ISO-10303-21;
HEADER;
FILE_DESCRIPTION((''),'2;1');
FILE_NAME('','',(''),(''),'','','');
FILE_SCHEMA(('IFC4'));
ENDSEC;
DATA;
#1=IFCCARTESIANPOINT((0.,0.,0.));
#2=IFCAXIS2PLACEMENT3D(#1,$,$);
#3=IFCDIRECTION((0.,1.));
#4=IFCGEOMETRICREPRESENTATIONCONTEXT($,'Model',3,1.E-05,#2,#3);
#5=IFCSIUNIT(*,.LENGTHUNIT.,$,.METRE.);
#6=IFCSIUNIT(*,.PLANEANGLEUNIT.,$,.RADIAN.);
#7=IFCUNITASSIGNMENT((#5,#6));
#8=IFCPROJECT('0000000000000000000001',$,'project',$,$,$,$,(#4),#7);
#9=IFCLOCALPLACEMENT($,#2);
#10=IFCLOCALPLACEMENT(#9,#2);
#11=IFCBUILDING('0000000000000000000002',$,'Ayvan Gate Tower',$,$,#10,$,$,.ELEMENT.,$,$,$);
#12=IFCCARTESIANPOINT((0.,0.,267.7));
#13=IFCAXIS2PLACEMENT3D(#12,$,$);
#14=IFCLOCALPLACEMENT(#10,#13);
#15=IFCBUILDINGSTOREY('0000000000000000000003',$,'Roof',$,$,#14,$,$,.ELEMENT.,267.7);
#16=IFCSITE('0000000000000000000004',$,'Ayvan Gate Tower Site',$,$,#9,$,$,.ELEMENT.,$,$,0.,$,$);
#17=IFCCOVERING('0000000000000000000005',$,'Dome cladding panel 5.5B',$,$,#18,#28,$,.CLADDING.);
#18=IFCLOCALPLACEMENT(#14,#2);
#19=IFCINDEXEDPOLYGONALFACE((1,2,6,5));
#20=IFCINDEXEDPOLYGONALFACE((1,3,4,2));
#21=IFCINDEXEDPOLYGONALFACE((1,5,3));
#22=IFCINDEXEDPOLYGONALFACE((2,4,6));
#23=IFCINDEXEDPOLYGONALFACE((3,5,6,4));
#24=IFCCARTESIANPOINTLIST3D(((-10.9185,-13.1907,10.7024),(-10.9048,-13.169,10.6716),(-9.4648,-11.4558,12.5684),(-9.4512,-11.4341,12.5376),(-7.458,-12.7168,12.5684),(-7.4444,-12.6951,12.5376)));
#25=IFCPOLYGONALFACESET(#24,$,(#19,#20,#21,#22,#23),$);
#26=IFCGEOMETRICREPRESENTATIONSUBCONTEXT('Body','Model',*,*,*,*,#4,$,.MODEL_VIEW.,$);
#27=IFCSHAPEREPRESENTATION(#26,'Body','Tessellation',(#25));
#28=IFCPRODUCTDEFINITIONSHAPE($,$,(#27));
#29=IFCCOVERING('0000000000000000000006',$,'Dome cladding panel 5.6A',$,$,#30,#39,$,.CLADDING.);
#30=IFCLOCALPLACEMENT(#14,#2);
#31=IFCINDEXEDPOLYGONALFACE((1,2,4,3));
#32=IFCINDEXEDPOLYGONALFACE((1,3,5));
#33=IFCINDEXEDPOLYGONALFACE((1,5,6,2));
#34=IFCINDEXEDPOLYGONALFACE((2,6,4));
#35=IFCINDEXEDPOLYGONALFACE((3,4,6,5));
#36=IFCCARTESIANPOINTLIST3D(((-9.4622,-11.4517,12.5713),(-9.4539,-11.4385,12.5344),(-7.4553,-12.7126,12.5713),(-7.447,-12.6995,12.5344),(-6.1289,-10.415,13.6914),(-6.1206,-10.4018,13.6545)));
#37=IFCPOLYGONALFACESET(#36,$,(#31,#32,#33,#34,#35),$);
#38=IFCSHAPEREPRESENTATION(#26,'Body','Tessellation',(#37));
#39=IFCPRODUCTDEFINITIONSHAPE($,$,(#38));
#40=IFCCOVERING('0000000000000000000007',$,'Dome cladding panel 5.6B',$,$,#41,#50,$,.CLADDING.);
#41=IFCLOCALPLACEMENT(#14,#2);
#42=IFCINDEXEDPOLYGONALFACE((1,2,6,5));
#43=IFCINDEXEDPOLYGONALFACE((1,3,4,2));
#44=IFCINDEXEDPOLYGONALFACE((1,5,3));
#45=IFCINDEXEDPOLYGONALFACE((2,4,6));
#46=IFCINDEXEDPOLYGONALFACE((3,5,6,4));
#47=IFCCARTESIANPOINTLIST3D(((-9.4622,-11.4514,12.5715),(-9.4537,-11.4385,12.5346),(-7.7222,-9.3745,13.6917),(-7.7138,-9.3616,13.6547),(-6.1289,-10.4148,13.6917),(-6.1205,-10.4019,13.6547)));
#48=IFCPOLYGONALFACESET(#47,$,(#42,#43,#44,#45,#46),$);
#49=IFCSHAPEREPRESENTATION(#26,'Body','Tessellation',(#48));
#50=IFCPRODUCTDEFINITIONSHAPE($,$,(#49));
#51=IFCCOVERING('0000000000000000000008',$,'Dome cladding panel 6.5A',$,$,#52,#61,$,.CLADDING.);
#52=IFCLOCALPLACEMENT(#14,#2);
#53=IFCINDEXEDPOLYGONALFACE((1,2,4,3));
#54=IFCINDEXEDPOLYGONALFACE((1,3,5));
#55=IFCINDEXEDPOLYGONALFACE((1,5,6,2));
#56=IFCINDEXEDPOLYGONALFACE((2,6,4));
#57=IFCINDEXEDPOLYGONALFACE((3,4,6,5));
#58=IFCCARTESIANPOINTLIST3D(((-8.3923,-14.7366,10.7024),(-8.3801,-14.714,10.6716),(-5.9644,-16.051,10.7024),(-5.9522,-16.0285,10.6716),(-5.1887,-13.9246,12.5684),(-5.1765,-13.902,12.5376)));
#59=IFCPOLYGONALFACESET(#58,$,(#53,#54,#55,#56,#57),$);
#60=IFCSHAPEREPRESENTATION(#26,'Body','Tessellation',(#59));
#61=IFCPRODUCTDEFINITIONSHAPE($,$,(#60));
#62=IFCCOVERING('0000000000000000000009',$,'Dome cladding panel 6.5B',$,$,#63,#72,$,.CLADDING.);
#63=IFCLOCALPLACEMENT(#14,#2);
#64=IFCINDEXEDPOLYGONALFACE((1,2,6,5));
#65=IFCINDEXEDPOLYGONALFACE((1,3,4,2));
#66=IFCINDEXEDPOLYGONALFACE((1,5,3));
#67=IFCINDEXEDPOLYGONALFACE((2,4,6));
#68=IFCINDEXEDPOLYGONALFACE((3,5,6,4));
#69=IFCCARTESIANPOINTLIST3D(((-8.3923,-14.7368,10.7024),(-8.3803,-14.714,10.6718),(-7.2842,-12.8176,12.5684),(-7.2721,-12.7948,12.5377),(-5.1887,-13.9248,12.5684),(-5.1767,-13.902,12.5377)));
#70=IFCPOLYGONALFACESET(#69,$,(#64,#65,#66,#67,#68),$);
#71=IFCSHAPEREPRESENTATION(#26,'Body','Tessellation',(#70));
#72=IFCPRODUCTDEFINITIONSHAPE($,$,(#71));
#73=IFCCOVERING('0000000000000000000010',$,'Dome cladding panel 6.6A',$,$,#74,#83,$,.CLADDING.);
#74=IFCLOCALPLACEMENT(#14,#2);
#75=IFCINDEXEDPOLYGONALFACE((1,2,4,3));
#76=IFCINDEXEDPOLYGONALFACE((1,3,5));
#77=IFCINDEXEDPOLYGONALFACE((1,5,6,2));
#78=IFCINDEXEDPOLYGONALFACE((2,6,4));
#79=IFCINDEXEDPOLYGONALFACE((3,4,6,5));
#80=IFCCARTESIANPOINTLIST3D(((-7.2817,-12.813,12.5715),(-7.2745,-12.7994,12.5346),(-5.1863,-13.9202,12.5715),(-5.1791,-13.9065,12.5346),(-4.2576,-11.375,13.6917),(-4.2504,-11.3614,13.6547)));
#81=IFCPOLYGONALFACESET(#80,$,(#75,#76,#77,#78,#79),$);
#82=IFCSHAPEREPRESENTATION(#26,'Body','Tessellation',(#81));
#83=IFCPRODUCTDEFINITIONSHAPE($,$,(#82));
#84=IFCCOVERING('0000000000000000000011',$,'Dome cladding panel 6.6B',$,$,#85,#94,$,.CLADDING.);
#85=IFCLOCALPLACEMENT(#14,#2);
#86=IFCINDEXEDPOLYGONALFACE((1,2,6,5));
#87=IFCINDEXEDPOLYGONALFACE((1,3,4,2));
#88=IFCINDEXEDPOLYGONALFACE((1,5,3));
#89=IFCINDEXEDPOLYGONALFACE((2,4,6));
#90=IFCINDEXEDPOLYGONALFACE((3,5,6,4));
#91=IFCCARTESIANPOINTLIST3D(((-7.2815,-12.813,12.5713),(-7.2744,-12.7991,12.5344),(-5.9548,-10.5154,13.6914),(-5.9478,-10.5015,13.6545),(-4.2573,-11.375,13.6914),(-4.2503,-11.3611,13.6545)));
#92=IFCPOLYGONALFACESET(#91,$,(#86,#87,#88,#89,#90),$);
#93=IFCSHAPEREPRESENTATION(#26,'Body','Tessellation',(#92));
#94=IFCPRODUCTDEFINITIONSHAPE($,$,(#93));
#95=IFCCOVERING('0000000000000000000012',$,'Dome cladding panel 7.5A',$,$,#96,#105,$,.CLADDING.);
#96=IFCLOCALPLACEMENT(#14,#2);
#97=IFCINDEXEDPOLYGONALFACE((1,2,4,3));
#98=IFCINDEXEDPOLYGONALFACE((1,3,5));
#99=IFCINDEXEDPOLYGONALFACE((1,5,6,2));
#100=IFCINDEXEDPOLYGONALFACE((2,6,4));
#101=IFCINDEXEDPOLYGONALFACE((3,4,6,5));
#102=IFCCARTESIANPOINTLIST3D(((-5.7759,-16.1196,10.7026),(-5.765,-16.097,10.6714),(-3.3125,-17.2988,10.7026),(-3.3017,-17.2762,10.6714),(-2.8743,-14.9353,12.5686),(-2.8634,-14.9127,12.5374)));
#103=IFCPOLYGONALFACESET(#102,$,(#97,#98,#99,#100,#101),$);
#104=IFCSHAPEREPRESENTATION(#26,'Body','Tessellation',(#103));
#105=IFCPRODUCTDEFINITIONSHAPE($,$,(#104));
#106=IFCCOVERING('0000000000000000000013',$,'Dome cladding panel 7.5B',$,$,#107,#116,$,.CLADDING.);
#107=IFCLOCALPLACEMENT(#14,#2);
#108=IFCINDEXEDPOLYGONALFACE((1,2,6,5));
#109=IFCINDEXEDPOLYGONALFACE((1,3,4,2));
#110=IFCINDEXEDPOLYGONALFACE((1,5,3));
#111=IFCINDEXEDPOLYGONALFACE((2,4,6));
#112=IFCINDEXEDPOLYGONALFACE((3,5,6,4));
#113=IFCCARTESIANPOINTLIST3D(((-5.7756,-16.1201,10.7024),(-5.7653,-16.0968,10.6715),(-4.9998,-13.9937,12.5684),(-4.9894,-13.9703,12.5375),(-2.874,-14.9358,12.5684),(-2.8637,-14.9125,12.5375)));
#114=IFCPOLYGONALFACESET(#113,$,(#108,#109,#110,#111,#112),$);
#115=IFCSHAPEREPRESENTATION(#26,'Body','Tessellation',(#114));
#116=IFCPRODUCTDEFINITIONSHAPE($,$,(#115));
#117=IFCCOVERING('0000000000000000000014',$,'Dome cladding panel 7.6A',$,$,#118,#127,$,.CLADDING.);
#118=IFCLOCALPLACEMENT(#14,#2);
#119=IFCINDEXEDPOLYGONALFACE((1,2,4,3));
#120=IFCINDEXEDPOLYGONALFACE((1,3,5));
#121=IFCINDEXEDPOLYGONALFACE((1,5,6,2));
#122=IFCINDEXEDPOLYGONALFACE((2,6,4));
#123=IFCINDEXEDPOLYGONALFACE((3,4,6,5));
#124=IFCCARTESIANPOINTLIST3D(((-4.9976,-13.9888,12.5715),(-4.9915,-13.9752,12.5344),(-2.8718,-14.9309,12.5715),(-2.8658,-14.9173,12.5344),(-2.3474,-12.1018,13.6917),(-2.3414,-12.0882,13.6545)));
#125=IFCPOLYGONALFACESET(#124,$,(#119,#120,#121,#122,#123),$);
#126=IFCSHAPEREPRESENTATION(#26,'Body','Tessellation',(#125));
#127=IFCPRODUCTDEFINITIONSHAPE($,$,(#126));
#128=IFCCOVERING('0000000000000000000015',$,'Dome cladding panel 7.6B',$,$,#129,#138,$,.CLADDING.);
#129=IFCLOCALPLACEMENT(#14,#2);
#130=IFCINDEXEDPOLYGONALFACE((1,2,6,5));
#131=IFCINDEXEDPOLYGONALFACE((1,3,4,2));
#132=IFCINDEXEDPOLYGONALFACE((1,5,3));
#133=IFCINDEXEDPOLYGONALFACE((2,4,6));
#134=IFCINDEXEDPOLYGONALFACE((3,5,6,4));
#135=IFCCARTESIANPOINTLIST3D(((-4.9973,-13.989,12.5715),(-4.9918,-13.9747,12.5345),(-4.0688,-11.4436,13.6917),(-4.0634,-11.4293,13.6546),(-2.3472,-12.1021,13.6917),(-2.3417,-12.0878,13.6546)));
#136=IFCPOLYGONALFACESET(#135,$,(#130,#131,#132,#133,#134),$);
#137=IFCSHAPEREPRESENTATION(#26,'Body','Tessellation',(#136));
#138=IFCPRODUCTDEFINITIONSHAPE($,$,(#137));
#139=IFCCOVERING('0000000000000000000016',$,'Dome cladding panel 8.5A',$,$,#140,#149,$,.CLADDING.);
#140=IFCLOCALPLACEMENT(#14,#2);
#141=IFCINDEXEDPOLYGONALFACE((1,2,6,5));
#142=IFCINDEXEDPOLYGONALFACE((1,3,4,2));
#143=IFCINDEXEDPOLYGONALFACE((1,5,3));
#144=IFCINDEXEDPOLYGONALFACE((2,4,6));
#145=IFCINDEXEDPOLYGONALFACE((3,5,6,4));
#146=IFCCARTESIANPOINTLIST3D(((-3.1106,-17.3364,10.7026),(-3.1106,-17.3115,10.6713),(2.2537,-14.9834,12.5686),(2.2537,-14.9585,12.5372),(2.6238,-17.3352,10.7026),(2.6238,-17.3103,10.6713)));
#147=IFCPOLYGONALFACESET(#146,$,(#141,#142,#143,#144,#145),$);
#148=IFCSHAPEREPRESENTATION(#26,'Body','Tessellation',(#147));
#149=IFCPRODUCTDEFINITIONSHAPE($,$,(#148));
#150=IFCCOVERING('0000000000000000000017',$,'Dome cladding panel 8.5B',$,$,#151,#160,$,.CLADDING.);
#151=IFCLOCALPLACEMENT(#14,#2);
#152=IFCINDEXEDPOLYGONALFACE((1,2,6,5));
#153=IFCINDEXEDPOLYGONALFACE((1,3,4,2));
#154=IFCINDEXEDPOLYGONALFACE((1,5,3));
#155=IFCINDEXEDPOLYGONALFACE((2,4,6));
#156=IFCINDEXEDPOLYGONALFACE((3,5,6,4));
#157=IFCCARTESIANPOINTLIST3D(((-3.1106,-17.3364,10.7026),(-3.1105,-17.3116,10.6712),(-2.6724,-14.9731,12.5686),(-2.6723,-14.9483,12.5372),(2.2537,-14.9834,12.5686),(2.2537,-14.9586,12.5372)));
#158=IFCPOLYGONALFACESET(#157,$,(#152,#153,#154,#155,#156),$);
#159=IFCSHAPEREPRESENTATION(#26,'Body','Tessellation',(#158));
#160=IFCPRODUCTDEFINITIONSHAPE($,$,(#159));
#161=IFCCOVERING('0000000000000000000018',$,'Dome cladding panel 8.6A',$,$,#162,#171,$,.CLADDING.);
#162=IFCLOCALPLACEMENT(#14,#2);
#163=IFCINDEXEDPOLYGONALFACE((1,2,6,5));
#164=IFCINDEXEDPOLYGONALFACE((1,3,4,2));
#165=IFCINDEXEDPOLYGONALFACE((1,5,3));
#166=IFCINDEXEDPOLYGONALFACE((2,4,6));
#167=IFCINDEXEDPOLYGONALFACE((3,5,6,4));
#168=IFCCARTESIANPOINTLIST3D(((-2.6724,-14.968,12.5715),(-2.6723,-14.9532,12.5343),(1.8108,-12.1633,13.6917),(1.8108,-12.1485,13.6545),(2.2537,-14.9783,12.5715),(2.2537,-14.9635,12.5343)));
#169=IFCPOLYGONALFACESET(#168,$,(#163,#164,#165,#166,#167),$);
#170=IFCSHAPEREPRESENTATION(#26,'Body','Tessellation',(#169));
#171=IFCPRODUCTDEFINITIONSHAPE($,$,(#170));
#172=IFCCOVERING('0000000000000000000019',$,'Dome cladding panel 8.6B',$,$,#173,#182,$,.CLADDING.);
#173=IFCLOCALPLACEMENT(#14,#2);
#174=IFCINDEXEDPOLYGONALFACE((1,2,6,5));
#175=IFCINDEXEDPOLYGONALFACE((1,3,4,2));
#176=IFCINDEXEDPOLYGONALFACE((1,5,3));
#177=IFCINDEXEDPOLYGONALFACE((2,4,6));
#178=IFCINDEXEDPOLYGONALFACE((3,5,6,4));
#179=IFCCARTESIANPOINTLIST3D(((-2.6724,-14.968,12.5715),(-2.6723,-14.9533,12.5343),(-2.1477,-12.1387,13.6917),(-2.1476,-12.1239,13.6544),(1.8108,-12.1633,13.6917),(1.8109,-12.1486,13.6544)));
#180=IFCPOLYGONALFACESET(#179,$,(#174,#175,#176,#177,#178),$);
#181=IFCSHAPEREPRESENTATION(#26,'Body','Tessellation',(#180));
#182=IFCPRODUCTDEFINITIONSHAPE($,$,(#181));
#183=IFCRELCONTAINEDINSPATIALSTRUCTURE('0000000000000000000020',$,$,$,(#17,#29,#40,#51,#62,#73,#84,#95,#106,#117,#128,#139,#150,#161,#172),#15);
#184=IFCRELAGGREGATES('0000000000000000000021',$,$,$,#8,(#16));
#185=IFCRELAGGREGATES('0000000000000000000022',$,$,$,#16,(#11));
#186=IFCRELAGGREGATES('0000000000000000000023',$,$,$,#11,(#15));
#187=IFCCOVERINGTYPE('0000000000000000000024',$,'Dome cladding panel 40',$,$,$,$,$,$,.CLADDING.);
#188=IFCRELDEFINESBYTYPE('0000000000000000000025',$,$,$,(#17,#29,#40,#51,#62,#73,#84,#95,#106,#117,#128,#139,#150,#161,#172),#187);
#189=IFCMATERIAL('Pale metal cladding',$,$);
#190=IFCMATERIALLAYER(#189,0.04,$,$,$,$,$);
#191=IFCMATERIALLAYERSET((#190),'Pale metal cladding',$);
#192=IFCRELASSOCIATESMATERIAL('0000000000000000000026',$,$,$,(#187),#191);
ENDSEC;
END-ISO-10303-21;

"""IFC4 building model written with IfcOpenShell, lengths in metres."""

from ifc_helpers import new_model, si_unit, direction, frame, origin, place, context, subcontext, project, spatial, polyline, outline, extrude, material, layer, layer_set, type_object, element, save


model = new_model("IFC4")

# Units and contexts
model_context = context("Model", 3, precision=1e-05, world=origin(), true_north=direction((0.0, 1.0)))
body_context = subcontext(model_context, "Body", "Model", "MODEL_VIEW")
ifc_project = project(units=[si_unit("LENGTHUNIT", "METRE"), si_unit("PLANEANGLEUNIT", "RADIAN")], contexts=[model_context])

# Site, building, storey
site_placement = place(None, origin())
site = spatial("IfcSite", under=ifc_project, at=site_placement, Name="Ayvan Gate Tower Site", CompositionType="ELEMENT", RefElevation=0.0)
building_placement = place(site_placement, origin())
building = spatial("IfcBuilding", under=site, at=building_placement, Name="Ayvan Gate Tower", CompositionType="ELEMENT")
storey_placement = place(building_placement, frame((0.0, 0.0, 267.7)))
storey = spatial("IfcBuildingStorey", under=building, at=storey_placement, Name="Roof", CompositionType="ELEMENT", Elevation=267.7)

# Coverings
ifc_material_1 = material(Name="Pale metal cladding")
ifc_layer_1 = layer(ifc_material_1, 0.04)
ifc_layer_set_1 = layer_set([ifc_layer_1], Name="Pale metal cladding")
covering_type = type_object("IfcCoveringType", Name="Dome cladding panel 40", PredefinedType="CLADDING", material=ifc_layer_set_1)
covering_1_placement = place(storey_placement, frame((-10.9185, -13.1907, 10.7024), z_axis=(-0.340317, -0.541607, 0.768665), x_axis=(0.873865, 0.119668, 0.471211)))
element("IfcCovering", 1, at=covering_1_placement, inside=storey, type_object=covering_type, Name="Dome cladding panel 5.5B", PredefinedType="CLADDING", context=body_context, shape_type="SweptSolid", body=[
    extrude(outline(polyline([(0.0, 0.0), (3.9599, 0.0), (2.3571, 1.746), (0.0, 0.0)])), origin(), (0.0, 0.0, -1.0), 0.04),
])
covering_2_placement = place(storey_placement, frame((-9.4622, -11.4517, 12.5713), z_axis=(-0.207064, -0.329538, 0.921156), x_axis=(0.846723, -0.532034, 0.0)))
element("IfcCovering", 2, at=covering_2_placement, inside=storey, type_object=covering_type, Name="Dome cladding panel 5.6A", PredefinedType="CLADDING", context=body_context, shape_type="SweptSolid", body=[
    extrude(outline(polyline([(0.0, 0.0), (2.3701, 0.0), (2.2708, 2.8781), (0.0, 0.0)])), origin(), (0.0, 0.0, -1.0), 0.04),
])
covering_3_placement = place(storey_placement, frame((-9.4622, -11.4514, 12.5715), z_axis=(-0.210138, -0.32184, 0.92318), x_axis=(0.909225, 0.282764, 0.305539)))
element("IfcCovering", 3, at=covering_3_placement, inside=storey, type_object=covering_type, Name="Dome cladding panel 5.6B", PredefinedType="CLADDING", context=body_context, shape_type="SweptSolid", body=[
    extrude(outline(polyline([(0.0, 0.0), (3.666, 0.0), (2.5116, 1.5126), (0.0, 0.0)])), origin(), (0.0, 0.0, -1.0), 0.04),
])
covering_4_placement = place(storey_placement, frame((-8.3923, -14.7366, 10.7024), z_axis=(-0.304774, -0.562959, 0.768238), x_axis=(0.879398, -0.476087, 0.0)))
element("IfcCovering", 4, at=covering_4_placement, inside=storey, type_object=covering_type, Name="Dome cladding panel 6.5A", PredefinedType="CLADDING", context=body_context, shape_type="SweptSolid", body=[
    extrude(outline(polyline([(0.0, 0.0), (2.761, 0.0), (2.4307, 2.9148), (0.0, 0.0)])), origin(), (0.0, 0.0, -1.0), 0.04),
])
covering_5_placement = place(storey_placement, frame((-8.3923, -14.7368, 10.7024), z_axis=(-0.301019, -0.569713, 0.764731), x_axis=(0.844099, 0.213952, 0.491651)))
element("IfcCovering", 5, at=covering_5_placement, inside=storey, type_object=covering_type, Name="Dome cladding panel 6.5B", PredefinedType="CLADDING", context=body_context, shape_type="SweptSolid", body=[
    extrude(outline(polyline([(0.0, 0.0), (3.7953, 0.0), (2.2634, 1.8083), (0.0, 0.0)])), origin(), (0.0, 0.0, -1.0), 0.04),
])
covering_6_placement = place(storey_placement, frame((-7.2817, -12.813, 12.5715), z_axis=(-0.179912, -0.340503, 0.92287), x_axis=(0.884168, -0.467168, 0.0)))
element("IfcCovering", 6, at=covering_6_placement, inside=storey, type_object=covering_type, Name="Dome cladding panel 6.6A", PredefinedType="CLADDING", context=body_context, shape_type="SweptSolid", body=[
    extrude(outline(polyline([(0.0, 0.0), (2.37, 0.0), (2.0021, 2.9086), (0.0, 0.0)])), origin(), (0.0, 0.0, -1.0), 0.04),
])
covering_7_placement = place(storey_placement, frame((-7.2815, -12.813, 12.5713), z_axis=(-0.175941, -0.347435, 0.92105), x_axis=(0.856459, 0.407245, 0.317222)))
element("IfcCovering", 7, at=covering_7_placement, inside=storey, type_object=covering_type, Name="Dome cladding panel 6.6B", PredefinedType="CLADDING", context=body_context, shape_type="SweptSolid", body=[
    extrude(outline(polyline([(0.0, 0.0), (3.531, 0.0), (2.4272, 1.5499), (0.0, 0.0)])), origin(), (0.0, 0.0, -1.0), 0.04),
])
covering_8_placement = place(storey_placement, frame((-5.7759, -16.1196, 10.7026), z_axis=(-0.27053, -0.565144, 0.779375), x_axis=(0.901983, -0.431772, 0.0)))
element("IfcCovering", 8, at=covering_8_placement, inside=storey, type_object=covering_type, Name="Dome cladding panel 7.5A", PredefinedType="CLADDING", context=body_context, shape_type="SweptSolid", body=[
    extrude(outline(polyline([(0.0, 0.0), (2.7311, 0.0), (2.1058, 2.9781), (0.0, 0.0)])), origin(), (0.0, 0.0, -1.0), 0.04),
])
covering_9_placement = place(storey_placement, frame((-5.7756, -16.1201, 10.7024), z_axis=(-0.258083, -0.582309, 0.770915), x_axis=(0.79552, 0.324701, 0.511583)))
element("IfcCovering", 9, at=covering_9_placement, inside=storey, type_object=covering_type, Name="Dome cladding panel 7.5B", PredefinedType="CLADDING", context=body_context, shape_type="SweptSolid", body=[
    extrude(outline(polyline([(0.0, 0.0), (3.6474, 0.0), (2.2623, 1.8675), (0.0, 0.0)])), origin(), (0.0, 0.0, -1.0), 0.04),
])
covering_10_placement = place(storey_placement, frame((-4.9976, -13.9888, 12.5715), z_axis=(-0.150548, -0.339678, 0.928415), x_axis=(0.914231, -0.405193, 0.0)))
element("IfcCovering", 10, at=covering_10_placement, inside=storey, type_object=covering_type, Name="Dome cladding panel 7.6A", PredefinedType="CLADDING", context=body_context, shape_type="SweptSolid", body=[
    extrude(outline(polyline([(0.0, 0.0), (2.3252, 0.0), (1.6583, 3.0148), (0.0, 0.0)])), origin(), (0.0, 0.0, -1.0), 0.04),
])
covering_11_placement = place(storey_placement, frame((-4.9973, -13.989, 12.5715), z_axis=(-0.136487, -0.35688, 0.924126), x_axis=(0.77023, 0.548421, 0.325547)))
element("IfcCovering", 11, at=covering_11_placement, inside=storey, type_object=covering_type, Name="Dome cladding panel 7.6B", PredefinedType="CLADDING", context=body_context, shape_type="SweptSolid", body=[
    extrude(outline(polyline([(0.0, 0.0), (3.4407, 0.0), (2.4757, 1.5705), (0.0, 0.0)])), origin(), (0.0, 0.0, -1.0), 0.04),
])
covering_12_placement = place(storey_placement, frame((-3.1106, -17.3364, 10.7026), z_axis=(0.000132, -0.621533, 0.783388), x_axis=(1.0, 0.000213, 0.0)))
element("IfcCovering", 12, at=covering_12_placement, inside=storey, type_object=covering_type, Name="Dome cladding panel 8.5A", PredefinedType="CLADDING", context=body_context, shape_type="SweptSolid", body=[
    extrude(outline(polyline([(0.0, 0.0), (5.7344, 0.0), (5.3648, 3.0022), (0.0, 0.0)])), origin(), (0.0, 0.0, -1.0), 0.04),
])
covering_13_placement = place(storey_placement, frame((-3.1106, -17.3364, 10.7026), z_axis=(-0.00129, -0.619541, 0.784963), x_axis=(0.872568, 0.382751, 0.303524)))
element("IfcCovering", 13, at=covering_13_placement, inside=storey, type_object=covering_type, Name="Dome cladding panel 8.5B", PredefinedType="CLADDING", context=body_context, shape_type="SweptSolid", body=[
    extrude(outline(polyline([(0.0, 0.0), (6.1477, 0.0), (1.8533, 2.4133), (0.0, 0.0)])), origin(), (0.0, 0.0, -1.0), 0.04),
])
covering_14_placement = place(storey_placement, frame((-2.6724, -14.968, 12.5715), z_axis=(-0.00077, -0.369827, 0.9291), x_axis=(0.999998, -0.002082, 0.0)))
element("IfcCovering", 14, at=covering_14_placement, inside=storey, type_object=covering_type, Name="Dome cladding panel 8.6A", PredefinedType="CLADDING", context=body_context, shape_type="SweptSolid", body=[
    extrude(outline(polyline([(0.0, 0.0), (4.926, 0.0), (4.4773, 3.0288), (0.0, 0.0)])), origin(), (0.0, 0.0, -1.0), 0.04),
])
covering_15_placement = place(storey_placement, frame((-2.6724, -14.968, 12.5715), z_axis=(-0.002291, -0.367728, 0.929931), x_axis=(0.829367, 0.518857, 0.207217)))
element("IfcCovering", 15, at=covering_15_placement, inside=storey, type_object=covering_type, Name="Dome cladding panel 8.6B", PredefinedType="CLADDING", context=body_context, shape_type="SweptSolid", body=[
    extrude(outline(polyline([(0.0, 0.0), (5.4055, 0.0), (2.1353, 2.2306), (0.0, 0.0)])), origin(), (0.0, 0.0, -1.0), 0.04),
])

save(model, "model.ifc")
